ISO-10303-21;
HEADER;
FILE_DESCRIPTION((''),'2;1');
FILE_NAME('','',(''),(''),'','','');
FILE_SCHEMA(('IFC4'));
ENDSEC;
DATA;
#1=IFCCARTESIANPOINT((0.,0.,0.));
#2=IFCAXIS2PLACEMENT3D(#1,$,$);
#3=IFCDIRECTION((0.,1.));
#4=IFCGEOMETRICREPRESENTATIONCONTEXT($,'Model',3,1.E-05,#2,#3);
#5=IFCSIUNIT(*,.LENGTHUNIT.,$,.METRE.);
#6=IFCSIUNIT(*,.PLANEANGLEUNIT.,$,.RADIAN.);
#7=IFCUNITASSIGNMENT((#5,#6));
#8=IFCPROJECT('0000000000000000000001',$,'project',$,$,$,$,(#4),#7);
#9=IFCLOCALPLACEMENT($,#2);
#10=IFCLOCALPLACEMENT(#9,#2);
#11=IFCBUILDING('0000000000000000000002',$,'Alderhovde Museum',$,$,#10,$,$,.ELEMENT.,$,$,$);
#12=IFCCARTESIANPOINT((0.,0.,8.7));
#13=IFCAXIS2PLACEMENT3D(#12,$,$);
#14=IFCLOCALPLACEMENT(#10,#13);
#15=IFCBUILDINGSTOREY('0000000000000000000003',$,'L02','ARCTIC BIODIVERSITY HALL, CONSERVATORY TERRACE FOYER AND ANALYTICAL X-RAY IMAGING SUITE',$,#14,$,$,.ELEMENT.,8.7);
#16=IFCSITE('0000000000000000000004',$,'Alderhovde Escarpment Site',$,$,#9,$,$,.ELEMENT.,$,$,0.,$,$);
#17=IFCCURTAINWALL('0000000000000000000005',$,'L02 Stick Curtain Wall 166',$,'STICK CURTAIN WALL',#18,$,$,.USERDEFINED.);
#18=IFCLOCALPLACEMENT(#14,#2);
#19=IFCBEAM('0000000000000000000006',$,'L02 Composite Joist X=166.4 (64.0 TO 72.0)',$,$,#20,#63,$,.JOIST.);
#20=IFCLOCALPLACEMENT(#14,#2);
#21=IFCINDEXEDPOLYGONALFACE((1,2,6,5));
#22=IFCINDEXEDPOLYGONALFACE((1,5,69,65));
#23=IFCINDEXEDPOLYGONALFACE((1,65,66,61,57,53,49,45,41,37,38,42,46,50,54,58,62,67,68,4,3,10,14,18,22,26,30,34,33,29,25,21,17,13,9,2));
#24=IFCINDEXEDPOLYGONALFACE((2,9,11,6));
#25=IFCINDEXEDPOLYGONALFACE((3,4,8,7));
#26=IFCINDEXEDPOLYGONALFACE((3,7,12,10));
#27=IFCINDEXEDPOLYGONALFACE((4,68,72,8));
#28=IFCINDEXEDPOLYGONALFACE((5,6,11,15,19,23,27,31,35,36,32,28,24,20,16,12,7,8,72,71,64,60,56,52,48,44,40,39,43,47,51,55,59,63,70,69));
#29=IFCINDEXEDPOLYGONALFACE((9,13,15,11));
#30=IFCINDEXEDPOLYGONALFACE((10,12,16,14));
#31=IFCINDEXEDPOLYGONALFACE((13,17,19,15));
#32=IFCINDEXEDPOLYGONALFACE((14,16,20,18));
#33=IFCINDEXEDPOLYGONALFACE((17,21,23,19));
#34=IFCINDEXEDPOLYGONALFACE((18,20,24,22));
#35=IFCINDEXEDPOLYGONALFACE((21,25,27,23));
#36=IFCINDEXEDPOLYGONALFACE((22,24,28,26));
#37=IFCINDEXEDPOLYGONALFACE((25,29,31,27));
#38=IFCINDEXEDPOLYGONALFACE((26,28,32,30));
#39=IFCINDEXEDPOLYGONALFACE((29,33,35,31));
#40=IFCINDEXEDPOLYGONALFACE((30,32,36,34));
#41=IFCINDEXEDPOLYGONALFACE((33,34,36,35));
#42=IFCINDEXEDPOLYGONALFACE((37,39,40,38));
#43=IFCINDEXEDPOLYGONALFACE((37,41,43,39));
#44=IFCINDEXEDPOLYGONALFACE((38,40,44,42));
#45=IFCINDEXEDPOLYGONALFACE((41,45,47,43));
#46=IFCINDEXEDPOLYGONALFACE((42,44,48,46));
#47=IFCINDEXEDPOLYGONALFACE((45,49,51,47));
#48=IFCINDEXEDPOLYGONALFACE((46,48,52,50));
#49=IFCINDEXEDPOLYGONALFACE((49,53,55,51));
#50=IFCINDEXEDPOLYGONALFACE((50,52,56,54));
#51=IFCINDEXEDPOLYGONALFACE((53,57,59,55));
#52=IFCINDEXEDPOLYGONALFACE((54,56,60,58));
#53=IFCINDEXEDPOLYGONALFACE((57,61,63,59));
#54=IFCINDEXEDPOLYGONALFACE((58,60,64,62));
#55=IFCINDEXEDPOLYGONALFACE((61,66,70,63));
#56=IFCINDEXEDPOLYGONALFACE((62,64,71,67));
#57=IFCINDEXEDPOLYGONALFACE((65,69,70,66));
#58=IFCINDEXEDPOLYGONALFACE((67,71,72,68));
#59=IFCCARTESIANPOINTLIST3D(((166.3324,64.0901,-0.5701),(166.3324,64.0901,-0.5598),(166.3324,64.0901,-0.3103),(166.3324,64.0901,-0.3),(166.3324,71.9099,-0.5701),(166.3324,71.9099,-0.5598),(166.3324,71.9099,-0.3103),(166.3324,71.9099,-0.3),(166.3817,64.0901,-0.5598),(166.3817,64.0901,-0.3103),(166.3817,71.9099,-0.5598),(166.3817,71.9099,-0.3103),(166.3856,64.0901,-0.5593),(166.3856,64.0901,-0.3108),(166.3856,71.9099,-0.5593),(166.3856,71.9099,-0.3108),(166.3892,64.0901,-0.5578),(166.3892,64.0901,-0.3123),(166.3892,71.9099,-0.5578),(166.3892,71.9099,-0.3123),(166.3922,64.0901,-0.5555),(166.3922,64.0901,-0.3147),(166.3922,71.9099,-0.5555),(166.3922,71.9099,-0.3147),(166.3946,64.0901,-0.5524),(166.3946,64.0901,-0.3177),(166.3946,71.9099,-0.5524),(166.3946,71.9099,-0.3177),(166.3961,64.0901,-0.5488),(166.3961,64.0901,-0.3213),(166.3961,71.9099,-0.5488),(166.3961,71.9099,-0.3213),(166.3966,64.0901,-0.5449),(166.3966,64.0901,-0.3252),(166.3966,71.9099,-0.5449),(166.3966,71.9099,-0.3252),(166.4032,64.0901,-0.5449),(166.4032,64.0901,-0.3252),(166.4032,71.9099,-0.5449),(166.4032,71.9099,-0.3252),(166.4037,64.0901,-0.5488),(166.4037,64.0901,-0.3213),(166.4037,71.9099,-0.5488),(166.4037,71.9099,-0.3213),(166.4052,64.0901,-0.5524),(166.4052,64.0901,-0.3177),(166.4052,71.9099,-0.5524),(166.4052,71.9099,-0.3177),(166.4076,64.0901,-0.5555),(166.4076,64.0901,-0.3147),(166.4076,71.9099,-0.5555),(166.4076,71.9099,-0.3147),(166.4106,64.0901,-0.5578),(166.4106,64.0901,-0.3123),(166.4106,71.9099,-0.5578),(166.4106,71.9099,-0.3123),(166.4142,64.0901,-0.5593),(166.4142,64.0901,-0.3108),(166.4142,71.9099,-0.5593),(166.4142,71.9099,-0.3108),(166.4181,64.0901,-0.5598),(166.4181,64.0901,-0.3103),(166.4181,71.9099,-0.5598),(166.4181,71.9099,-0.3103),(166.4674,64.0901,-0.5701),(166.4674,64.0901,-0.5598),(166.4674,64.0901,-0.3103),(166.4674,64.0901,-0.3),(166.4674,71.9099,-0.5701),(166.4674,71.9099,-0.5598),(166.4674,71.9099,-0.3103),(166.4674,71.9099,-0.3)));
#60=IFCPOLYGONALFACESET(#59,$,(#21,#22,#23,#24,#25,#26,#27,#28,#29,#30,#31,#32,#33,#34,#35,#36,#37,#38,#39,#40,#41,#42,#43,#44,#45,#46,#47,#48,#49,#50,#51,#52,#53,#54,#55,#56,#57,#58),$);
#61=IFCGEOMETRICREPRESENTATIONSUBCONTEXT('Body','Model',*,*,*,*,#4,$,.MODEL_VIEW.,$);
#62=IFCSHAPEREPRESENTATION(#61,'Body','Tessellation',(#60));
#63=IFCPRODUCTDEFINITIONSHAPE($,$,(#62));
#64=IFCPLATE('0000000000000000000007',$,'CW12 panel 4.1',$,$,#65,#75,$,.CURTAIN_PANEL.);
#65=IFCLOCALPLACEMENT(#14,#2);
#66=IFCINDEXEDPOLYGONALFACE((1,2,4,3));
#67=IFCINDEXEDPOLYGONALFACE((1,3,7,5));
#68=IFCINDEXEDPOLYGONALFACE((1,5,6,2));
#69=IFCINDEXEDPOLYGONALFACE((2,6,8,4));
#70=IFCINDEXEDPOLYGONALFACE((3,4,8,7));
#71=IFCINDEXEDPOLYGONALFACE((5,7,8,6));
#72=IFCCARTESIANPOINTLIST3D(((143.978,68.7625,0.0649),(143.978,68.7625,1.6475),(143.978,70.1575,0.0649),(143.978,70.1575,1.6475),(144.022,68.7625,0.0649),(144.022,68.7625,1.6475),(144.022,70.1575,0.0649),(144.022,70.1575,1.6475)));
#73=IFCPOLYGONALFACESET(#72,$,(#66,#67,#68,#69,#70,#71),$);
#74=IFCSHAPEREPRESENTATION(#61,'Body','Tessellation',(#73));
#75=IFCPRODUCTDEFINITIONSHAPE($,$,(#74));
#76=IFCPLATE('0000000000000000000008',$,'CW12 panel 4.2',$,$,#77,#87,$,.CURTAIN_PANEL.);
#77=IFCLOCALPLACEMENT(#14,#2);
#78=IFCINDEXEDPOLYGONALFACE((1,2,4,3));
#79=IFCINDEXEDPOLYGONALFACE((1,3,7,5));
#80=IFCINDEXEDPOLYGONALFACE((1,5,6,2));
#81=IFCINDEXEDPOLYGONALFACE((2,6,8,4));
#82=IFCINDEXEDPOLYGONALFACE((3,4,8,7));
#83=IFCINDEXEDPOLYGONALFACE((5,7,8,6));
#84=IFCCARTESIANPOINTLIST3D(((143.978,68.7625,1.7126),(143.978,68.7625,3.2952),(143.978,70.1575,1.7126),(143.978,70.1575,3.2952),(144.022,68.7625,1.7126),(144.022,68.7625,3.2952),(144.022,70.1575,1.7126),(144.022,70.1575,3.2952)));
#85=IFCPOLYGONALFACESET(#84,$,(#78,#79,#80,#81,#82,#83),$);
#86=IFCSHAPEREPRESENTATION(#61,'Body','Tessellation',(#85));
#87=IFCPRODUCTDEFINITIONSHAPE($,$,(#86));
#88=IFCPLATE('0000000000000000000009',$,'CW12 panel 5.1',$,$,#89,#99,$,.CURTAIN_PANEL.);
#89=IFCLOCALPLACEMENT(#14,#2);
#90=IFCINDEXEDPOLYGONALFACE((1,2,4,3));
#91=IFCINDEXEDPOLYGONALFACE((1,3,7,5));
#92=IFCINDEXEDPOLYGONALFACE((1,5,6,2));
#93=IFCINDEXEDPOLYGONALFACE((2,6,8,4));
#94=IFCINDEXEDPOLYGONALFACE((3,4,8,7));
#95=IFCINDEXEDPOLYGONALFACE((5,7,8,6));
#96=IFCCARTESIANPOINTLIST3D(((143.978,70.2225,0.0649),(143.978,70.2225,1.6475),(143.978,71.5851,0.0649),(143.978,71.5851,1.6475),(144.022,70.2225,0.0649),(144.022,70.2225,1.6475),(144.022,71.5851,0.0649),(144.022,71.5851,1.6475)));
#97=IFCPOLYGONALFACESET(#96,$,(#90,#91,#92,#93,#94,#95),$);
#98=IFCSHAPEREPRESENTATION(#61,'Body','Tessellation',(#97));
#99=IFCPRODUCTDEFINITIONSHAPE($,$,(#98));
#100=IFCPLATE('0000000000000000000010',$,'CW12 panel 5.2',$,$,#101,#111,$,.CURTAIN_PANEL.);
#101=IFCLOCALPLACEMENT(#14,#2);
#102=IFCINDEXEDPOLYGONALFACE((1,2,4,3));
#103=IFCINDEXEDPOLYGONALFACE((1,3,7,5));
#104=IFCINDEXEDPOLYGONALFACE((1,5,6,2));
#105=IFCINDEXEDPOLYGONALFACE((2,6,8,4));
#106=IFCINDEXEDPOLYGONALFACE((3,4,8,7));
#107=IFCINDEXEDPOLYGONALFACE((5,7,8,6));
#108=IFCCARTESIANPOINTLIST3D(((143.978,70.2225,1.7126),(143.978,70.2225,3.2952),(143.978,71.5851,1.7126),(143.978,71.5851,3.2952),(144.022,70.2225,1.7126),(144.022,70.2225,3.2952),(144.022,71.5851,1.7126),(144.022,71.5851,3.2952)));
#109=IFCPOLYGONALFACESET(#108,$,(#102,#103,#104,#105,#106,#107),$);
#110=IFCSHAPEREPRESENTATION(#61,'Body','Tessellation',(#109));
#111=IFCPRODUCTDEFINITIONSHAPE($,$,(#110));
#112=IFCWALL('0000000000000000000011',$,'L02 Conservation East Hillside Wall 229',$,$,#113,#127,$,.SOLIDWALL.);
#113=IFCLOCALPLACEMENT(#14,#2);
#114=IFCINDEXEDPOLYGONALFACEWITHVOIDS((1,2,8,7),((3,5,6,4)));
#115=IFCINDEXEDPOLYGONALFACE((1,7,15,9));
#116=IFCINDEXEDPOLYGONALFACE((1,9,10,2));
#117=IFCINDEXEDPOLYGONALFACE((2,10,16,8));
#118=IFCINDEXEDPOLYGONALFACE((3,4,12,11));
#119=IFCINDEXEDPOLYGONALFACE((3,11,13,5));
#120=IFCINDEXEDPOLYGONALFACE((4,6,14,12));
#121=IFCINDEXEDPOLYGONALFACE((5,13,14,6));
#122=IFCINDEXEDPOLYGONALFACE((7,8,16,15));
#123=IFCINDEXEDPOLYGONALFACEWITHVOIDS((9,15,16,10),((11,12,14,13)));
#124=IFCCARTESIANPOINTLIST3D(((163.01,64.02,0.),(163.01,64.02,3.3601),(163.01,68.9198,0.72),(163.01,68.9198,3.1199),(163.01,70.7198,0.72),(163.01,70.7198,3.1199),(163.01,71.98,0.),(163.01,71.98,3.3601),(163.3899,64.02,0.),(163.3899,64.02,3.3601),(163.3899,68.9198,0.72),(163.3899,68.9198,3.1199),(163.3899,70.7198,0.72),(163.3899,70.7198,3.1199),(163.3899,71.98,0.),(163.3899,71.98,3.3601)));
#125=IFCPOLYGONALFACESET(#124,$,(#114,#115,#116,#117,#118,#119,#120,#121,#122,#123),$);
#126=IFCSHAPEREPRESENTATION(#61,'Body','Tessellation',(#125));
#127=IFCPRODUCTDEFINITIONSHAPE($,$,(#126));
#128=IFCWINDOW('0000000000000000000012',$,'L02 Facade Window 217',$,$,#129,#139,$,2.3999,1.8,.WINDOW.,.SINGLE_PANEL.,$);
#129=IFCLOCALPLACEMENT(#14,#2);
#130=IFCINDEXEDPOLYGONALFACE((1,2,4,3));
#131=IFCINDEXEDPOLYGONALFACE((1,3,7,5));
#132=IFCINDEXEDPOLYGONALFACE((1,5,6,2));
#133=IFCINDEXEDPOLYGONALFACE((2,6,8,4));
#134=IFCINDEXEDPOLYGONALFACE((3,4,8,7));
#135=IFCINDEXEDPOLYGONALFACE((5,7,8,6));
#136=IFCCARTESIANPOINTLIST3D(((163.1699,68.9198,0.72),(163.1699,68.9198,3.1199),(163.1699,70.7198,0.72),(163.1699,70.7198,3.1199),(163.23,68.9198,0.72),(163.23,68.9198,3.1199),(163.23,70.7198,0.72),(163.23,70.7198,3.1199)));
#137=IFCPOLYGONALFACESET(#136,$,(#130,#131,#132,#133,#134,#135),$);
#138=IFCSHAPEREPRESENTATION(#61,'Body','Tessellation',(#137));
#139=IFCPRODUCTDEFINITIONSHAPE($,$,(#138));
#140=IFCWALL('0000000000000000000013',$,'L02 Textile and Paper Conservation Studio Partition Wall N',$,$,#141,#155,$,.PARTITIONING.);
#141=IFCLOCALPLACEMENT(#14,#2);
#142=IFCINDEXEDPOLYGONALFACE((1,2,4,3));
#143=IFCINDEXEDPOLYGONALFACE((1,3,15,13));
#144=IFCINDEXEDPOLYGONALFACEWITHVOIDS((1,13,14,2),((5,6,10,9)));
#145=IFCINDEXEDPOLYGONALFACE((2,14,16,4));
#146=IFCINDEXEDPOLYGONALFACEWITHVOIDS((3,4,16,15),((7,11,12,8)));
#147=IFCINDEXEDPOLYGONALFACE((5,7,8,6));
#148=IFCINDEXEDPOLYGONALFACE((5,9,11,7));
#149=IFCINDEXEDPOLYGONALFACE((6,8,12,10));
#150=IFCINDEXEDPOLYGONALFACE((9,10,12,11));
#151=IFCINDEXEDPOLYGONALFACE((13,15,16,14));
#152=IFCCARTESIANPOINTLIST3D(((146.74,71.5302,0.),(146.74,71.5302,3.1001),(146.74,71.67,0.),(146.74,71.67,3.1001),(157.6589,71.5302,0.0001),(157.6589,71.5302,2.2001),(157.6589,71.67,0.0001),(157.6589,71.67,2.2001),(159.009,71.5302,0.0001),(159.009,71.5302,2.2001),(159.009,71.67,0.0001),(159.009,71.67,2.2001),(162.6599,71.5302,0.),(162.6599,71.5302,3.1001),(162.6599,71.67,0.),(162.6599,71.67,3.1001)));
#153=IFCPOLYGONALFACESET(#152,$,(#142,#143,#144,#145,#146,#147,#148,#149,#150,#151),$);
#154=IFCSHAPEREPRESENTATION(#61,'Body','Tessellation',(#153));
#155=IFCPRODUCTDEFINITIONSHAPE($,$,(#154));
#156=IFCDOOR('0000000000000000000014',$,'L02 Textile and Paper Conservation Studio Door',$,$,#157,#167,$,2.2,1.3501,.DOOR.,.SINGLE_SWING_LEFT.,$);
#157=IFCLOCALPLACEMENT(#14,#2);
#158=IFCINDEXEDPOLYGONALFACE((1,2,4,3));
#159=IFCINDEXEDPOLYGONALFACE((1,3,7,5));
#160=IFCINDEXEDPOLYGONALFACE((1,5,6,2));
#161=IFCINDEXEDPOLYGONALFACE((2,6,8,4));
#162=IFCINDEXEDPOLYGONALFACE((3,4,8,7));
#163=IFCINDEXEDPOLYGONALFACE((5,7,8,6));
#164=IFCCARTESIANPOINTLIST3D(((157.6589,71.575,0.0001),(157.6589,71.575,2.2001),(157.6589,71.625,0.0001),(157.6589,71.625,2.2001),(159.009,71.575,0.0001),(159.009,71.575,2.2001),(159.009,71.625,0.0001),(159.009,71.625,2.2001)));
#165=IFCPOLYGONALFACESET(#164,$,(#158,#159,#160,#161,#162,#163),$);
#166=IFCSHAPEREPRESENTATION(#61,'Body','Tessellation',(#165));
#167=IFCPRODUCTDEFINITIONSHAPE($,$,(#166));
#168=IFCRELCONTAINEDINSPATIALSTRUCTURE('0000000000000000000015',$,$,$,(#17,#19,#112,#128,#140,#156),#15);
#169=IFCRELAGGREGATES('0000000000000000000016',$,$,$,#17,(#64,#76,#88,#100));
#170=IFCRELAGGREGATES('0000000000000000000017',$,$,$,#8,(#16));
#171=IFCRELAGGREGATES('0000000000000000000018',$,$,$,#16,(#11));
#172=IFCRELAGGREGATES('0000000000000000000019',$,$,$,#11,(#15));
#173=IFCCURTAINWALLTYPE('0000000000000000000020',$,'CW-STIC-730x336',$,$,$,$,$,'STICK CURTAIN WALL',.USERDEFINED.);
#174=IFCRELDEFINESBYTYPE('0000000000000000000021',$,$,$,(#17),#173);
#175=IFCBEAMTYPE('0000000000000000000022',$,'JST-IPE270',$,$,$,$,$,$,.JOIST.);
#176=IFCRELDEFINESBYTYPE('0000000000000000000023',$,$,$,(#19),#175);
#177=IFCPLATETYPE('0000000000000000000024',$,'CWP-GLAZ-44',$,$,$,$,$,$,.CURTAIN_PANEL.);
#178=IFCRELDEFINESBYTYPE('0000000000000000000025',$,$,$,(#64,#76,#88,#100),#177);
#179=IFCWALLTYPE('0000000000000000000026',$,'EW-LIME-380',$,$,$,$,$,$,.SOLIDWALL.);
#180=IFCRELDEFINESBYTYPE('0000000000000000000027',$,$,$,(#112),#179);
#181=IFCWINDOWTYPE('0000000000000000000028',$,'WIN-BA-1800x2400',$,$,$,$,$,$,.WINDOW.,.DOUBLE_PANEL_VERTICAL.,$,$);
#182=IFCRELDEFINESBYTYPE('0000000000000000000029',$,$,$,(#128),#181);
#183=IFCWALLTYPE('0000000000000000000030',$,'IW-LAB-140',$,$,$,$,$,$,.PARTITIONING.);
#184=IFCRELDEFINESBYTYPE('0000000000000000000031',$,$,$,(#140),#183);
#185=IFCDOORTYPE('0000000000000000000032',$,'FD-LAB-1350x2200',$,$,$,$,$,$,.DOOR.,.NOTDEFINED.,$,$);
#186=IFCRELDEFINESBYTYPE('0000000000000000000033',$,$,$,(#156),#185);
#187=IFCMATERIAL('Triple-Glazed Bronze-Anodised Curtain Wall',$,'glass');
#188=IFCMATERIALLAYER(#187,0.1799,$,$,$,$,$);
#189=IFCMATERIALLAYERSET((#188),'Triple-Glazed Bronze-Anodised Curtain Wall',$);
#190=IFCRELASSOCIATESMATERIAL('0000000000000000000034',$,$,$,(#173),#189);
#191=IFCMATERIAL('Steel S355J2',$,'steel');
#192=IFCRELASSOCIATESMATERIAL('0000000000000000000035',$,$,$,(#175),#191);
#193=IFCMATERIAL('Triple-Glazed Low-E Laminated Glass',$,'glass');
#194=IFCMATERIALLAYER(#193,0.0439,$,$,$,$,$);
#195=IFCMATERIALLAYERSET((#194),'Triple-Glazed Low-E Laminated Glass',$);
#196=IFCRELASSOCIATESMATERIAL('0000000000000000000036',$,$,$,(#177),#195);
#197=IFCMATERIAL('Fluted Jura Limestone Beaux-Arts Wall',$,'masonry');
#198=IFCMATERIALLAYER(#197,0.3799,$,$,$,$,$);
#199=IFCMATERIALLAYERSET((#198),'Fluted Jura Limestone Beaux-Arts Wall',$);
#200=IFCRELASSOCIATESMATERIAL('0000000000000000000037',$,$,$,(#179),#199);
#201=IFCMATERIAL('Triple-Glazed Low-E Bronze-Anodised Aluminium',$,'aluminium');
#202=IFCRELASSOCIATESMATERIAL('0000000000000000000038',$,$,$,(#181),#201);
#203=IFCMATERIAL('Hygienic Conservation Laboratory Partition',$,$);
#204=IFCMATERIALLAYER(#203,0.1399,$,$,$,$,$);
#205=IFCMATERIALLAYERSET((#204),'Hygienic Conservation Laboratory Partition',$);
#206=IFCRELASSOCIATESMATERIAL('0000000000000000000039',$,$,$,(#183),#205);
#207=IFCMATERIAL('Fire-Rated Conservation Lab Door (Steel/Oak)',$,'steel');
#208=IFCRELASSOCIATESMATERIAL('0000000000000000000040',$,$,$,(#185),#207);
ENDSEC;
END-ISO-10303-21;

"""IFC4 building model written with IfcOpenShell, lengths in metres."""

from ifc_helpers import new_model, si_unit, direction, frame, frame_2d, origin, origin_2d, place, context, subcontext, project, spatial, rectangle, i_section, extrude, material, layer, layer_set, material_profile, profile_set, type_object, element, fill, aggregate, save


model = new_model("IFC4")

# Units and contexts
model_context = context("Model", 3, precision=1e-05, world=origin(), true_north=direction((0.0, 1.0)))
body_context = subcontext(model_context, "Body", "Model", "MODEL_VIEW")
ifc_project = project(units=[si_unit("LENGTHUNIT", "METRE"), si_unit("PLANEANGLEUNIT", "RADIAN")], contexts=[model_context])

# Site, building, storey
site_placement = place(None, origin())
site = spatial("IfcSite", under=ifc_project, at=site_placement, Name="Alderhovde Escarpment Site", CompositionType="ELEMENT", RefElevation=0.0)
building_placement = place(site_placement, origin())
building = spatial("IfcBuilding", under=site, at=building_placement, Name="Alderhovde Museum", CompositionType="ELEMENT")
storey_placement = place(building_placement, frame((0.0, 0.0, 8.7)))
storey = spatial("IfcBuildingStorey", under=building, at=storey_placement, Name="L02", Description="ARCTIC BIODIVERSITY HALL, CONSERVATORY TERRACE FOYER AND ANALYTICAL X-RAY IMAGING SUITE", CompositionType="ELEMENT", Elevation=8.7)

# Curtain wall
ifc_material_1 = material(Name="Triple-Glazed Bronze-Anodised Curtain Wall", Category="glass")
ifc_layer_1 = layer(ifc_material_1, 0.1799)
ifc_layer_set_1 = layer_set([ifc_layer_1], Name="Triple-Glazed Bronze-Anodised Curtain Wall")
curtain_wall_type = type_object("IfcCurtainWallType", Name="CW-STIC-730x336", ElementType="STICK CURTAIN WALL", PredefinedType="USERDEFINED", material=ifc_layer_set_1)
curtain_wall_placement = place(storey_placement, origin())
curtain_wall = element("IfcCurtainWall", 1, at=curtain_wall_placement, inside=storey, type_object=curtain_wall_type, Name="L02 Stick Curtain Wall 166", ObjectType="STICK CURTAIN WALL", PredefinedType="USERDEFINED")

# Beam
ifc_material_2 = material(Name="Steel S355J2", Category="steel")
ifc_material_profile_1 = material_profile(ifc_material_2, i_section(OverallWidth=0.135, OverallDepth=0.27, WebThickness=0.0066, FlangeThickness=0.0103, FilletRadius=0.0149, at=origin_2d()), Name="IPE 270")
ifc_profile_set_1 = profile_set([ifc_material_profile_1], Name="Steel S355J2")
beam_type_1 = type_object("IfcBeamType", Name="JST-IPE270", PredefinedType="JOIST", material=ifc_profile_set_1)
for number, where, z_axis, x_axis, name in (
    (2, (166.3999, 64.0901, -0.4351), (0.0, 1.0, 0.0), (-1.0, 0.0, 0.0), "L02 Composite Joist X=166.4 (64.0 TO 72.0)"),
):
    element("IfcBeam", number, at=place(storey_placement, frame(where, z_axis=z_axis, x_axis=x_axis)), inside=storey, type_object=beam_type_1, Name=name, PredefinedType="JOIST", context=body_context, shape_type="SweptSolid", body=[
        extrude(i_section(OverallWidth=0.135, OverallDepth=0.27, WebThickness=0.0066, FlangeThickness=0.0103, FilletRadius=0.0149, at=origin_2d()), origin(), (0.0, 0.0, 1.0), 7.8198),
    ])

# Plates
ifc_material_3 = material(Name="Triple-Glazed Low-E Laminated Glass", Category="glass")
ifc_layer_2 = layer(ifc_material_3, 0.0439)
ifc_layer_set_2 = layer_set([ifc_layer_2], Name="Triple-Glazed Low-E Laminated Glass")
plate_type = type_object("IfcPlateType", Name="CWP-GLAZ-44", PredefinedType="CURTAIN_PANEL", material=ifc_layer_set_2)
plate_1_placement = place(storey_placement, frame((144.0, 69.46, 0.0649), z_axis=(0.0, 0.0, 1.0), x_axis=(0.0, 1.0, 0.0)))
plate_1 = element("IfcPlate", 3, at=plate_1_placement, type_object=plate_type, Name="CW12 panel 4.1", PredefinedType="CURTAIN_PANEL", context=body_context, shape_type="SweptSolid", body=[
    extrude(rectangle(XDim=1.395, YDim=0.0439, at=origin_2d()), origin(), (0.0, 0.0, 1.0), 1.5825),
])
plate_2_placement = place(storey_placement, frame((144.0, 69.46, 1.7126), z_axis=(0.0, 0.0, 1.0), x_axis=(0.0, 1.0, 0.0)))
plate_2 = element("IfcPlate", 4, at=plate_2_placement, type_object=plate_type, Name="CW12 panel 4.2", PredefinedType="CURTAIN_PANEL", context=body_context, shape_type="SweptSolid", body=[
    extrude(rectangle(XDim=1.395, YDim=0.0439, at=origin_2d()), origin(), (0.0, 0.0, 1.0), 1.5825),
])
plate_3_placement = place(storey_placement, frame((144.0, 70.9038, 0.0649), z_axis=(0.0, 0.0, 1.0), x_axis=(0.0, 1.0, 0.0)))
plate_3 = element("IfcPlate", 5, at=plate_3_placement, type_object=plate_type, Name="CW12 panel 5.1", PredefinedType="CURTAIN_PANEL", context=body_context, shape_type="SweptSolid", body=[
    extrude(rectangle(XDim=1.3625, YDim=0.0439, at=origin_2d()), origin(), (0.0, 0.0, 1.0), 1.5825),
])
plate_4_placement = place(storey_placement, frame((144.0, 70.9038, 1.7126), z_axis=(0.0, 0.0, 1.0), x_axis=(0.0, 1.0, 0.0)))
plate_4 = element("IfcPlate", 6, at=plate_4_placement, type_object=plate_type, Name="CW12 panel 5.2", PredefinedType="CURTAIN_PANEL", context=body_context, shape_type="SweptSolid", body=[
    extrude(rectangle(XDim=1.3625, YDim=0.0439, at=origin_2d()), origin(), (0.0, 0.0, 1.0), 1.5825),
])
aggregate(curtain_wall, [plate_1, plate_2, plate_3, plate_4])

# Wall, opening, window
ifc_material_4 = material(Name="Fluted Jura Limestone Beaux-Arts Wall", Category="masonry")
ifc_layer_3 = layer(ifc_material_4, 0.3799)
ifc_layer_set_3 = layer_set([ifc_layer_3], Name="Fluted Jura Limestone Beaux-Arts Wall")
wall_type_1 = type_object("IfcWallType", Name="EW-LIME-380", PredefinedType="SOLIDWALL", material=ifc_layer_set_3)
wall_1_placement = place(storey_placement, frame((163.2, 64.02, 0.0), z_axis=(0.0, 0.0, 1.0), x_axis=(0.0, 1.0, 0.0)))
wall_1 = element("IfcWall", 7, at=wall_1_placement, inside=storey, type_object=wall_type_1, Name="L02 Conservation East Hillside Wall 229", PredefinedType="SOLIDWALL", context=body_context, shape_type="SweptSolid", body=[
    extrude(rectangle(XDim=7.96, YDim=0.3799, at=frame_2d((3.98, 0.0))), origin(), (0.0, 0.0, 1.0), 3.3601),
])
opening_1_placement = place(wall_1_placement, frame((4.8999, 0.0, 0.72)))
opening_1 = element("IfcOpeningElement", 8, at=opening_1_placement, cuts=wall_1, PredefinedType="OPENING", context=body_context, shape_type="SweptSolid", body=[
    extrude(rectangle(XDim=1.8, YDim=2.3999, at=frame_2d((0.8999, 1.2))), frame((0.0, 0.2, 0.0), z_axis=(0.0, -1.0, 0.0), x_axis=(1.0, 0.0, 0.0)), (0.0, 0.0, 1.0), 0.3999),
])
ifc_material_5 = material(Name="Triple-Glazed Low-E Bronze-Anodised Aluminium", Category="aluminium")
window_type = type_object("IfcWindowType", Name="WIN-BA-1800x2400", PartitioningType="DOUBLE_PANEL_VERTICAL", PredefinedType="WINDOW", material=ifc_material_5)
window_placement = place(opening_1_placement, origin())
window = element("IfcWindow", 9, at=window_placement, inside=storey, type_object=window_type, Name="L02 Facade Window 217", OverallHeight=2.3999, OverallWidth=1.8, PartitioningType="SINGLE_PANEL", PredefinedType="WINDOW", context=body_context, shape_type="SweptSolid", body=[
    extrude(rectangle(XDim=1.8, YDim=2.3999, at=frame_2d((0.8999, 1.2))), frame((0.0, 0.03, 0.0), z_axis=(0.0, -1.0, 0.0), x_axis=(1.0, 0.0, 0.0)), (0.0, 0.0, 1.0), 0.0601),
])
fill(opening_1, window)

# Wall, opening, door
ifc_material_6 = material(Name="Hygienic Conservation Laboratory Partition")
ifc_layer_4 = layer(ifc_material_6, 0.1399)
ifc_layer_set_4 = layer_set([ifc_layer_4], Name="Hygienic Conservation Laboratory Partition")
wall_type_2 = type_object("IfcWallType", Name="IW-LAB-140", PredefinedType="PARTITIONING", material=ifc_layer_set_4)
wall_2_placement = place(storey_placement, frame((146.74, 71.6001, 0.0), z_axis=(0.0, 0.0, 1.0), x_axis=(1.0, 0.0, 0.0)))
wall_2 = element("IfcWall", 10, at=wall_2_placement, inside=storey, type_object=wall_type_2, Name="L02 Textile and Paper Conservation Studio Partition Wall N", PredefinedType="PARTITIONING", context=body_context, shape_type="SweptSolid", body=[
    extrude(rectangle(XDim=15.9199, YDim=0.1399, at=frame_2d((7.96, 0.0))), origin(), (0.0, 0.0, 1.0), 3.1001),
])
opening_2_placement = place(wall_2_placement, frame((10.9189, 0.0, 0.0)))
opening_2 = element("IfcOpeningElement", 11, at=opening_2_placement, cuts=wall_2, PredefinedType="OPENING", context=body_context, shape_type="SweptSolid", body=[
    extrude(rectangle(XDim=1.3501, YDim=2.2, at=frame_2d((0.675, 1.1001))), frame((0.0, 0.0801, 0.0), z_axis=(0.0, -1.0, 0.0), x_axis=(1.0, 0.0, 0.0)), (0.0, 0.0, 1.0), 0.1599),
])
ifc_material_7 = material(Name="Fire-Rated Conservation Lab Door (Steel/Oak)", Category="steel")
door_type = type_object("IfcDoorType", Name="FD-LAB-1350x2200", OperationType="NOTDEFINED", PredefinedType="DOOR", material=ifc_material_7)
door_placement = place(opening_2_placement, origin())
door = element("IfcDoor", 12, at=door_placement, inside=storey, type_object=door_type, Name="L02 Textile and Paper Conservation Studio Door", OperationType="SINGLE_SWING_LEFT", OverallHeight=2.2, OverallWidth=1.3501, PredefinedType="DOOR", context=body_context, shape_type="SweptSolid", body=[
    extrude(rectangle(XDim=1.3501, YDim=2.2, at=frame_2d((0.675, 1.1001))), frame((0.0, 0.0249, 0.0), z_axis=(0.0, -1.0, 0.0), x_axis=(1.0, 0.0, 0.0)), (0.0, 0.0, 1.0), 0.05),
])
fill(opening_2, door)

save(model, "model.ifc")
